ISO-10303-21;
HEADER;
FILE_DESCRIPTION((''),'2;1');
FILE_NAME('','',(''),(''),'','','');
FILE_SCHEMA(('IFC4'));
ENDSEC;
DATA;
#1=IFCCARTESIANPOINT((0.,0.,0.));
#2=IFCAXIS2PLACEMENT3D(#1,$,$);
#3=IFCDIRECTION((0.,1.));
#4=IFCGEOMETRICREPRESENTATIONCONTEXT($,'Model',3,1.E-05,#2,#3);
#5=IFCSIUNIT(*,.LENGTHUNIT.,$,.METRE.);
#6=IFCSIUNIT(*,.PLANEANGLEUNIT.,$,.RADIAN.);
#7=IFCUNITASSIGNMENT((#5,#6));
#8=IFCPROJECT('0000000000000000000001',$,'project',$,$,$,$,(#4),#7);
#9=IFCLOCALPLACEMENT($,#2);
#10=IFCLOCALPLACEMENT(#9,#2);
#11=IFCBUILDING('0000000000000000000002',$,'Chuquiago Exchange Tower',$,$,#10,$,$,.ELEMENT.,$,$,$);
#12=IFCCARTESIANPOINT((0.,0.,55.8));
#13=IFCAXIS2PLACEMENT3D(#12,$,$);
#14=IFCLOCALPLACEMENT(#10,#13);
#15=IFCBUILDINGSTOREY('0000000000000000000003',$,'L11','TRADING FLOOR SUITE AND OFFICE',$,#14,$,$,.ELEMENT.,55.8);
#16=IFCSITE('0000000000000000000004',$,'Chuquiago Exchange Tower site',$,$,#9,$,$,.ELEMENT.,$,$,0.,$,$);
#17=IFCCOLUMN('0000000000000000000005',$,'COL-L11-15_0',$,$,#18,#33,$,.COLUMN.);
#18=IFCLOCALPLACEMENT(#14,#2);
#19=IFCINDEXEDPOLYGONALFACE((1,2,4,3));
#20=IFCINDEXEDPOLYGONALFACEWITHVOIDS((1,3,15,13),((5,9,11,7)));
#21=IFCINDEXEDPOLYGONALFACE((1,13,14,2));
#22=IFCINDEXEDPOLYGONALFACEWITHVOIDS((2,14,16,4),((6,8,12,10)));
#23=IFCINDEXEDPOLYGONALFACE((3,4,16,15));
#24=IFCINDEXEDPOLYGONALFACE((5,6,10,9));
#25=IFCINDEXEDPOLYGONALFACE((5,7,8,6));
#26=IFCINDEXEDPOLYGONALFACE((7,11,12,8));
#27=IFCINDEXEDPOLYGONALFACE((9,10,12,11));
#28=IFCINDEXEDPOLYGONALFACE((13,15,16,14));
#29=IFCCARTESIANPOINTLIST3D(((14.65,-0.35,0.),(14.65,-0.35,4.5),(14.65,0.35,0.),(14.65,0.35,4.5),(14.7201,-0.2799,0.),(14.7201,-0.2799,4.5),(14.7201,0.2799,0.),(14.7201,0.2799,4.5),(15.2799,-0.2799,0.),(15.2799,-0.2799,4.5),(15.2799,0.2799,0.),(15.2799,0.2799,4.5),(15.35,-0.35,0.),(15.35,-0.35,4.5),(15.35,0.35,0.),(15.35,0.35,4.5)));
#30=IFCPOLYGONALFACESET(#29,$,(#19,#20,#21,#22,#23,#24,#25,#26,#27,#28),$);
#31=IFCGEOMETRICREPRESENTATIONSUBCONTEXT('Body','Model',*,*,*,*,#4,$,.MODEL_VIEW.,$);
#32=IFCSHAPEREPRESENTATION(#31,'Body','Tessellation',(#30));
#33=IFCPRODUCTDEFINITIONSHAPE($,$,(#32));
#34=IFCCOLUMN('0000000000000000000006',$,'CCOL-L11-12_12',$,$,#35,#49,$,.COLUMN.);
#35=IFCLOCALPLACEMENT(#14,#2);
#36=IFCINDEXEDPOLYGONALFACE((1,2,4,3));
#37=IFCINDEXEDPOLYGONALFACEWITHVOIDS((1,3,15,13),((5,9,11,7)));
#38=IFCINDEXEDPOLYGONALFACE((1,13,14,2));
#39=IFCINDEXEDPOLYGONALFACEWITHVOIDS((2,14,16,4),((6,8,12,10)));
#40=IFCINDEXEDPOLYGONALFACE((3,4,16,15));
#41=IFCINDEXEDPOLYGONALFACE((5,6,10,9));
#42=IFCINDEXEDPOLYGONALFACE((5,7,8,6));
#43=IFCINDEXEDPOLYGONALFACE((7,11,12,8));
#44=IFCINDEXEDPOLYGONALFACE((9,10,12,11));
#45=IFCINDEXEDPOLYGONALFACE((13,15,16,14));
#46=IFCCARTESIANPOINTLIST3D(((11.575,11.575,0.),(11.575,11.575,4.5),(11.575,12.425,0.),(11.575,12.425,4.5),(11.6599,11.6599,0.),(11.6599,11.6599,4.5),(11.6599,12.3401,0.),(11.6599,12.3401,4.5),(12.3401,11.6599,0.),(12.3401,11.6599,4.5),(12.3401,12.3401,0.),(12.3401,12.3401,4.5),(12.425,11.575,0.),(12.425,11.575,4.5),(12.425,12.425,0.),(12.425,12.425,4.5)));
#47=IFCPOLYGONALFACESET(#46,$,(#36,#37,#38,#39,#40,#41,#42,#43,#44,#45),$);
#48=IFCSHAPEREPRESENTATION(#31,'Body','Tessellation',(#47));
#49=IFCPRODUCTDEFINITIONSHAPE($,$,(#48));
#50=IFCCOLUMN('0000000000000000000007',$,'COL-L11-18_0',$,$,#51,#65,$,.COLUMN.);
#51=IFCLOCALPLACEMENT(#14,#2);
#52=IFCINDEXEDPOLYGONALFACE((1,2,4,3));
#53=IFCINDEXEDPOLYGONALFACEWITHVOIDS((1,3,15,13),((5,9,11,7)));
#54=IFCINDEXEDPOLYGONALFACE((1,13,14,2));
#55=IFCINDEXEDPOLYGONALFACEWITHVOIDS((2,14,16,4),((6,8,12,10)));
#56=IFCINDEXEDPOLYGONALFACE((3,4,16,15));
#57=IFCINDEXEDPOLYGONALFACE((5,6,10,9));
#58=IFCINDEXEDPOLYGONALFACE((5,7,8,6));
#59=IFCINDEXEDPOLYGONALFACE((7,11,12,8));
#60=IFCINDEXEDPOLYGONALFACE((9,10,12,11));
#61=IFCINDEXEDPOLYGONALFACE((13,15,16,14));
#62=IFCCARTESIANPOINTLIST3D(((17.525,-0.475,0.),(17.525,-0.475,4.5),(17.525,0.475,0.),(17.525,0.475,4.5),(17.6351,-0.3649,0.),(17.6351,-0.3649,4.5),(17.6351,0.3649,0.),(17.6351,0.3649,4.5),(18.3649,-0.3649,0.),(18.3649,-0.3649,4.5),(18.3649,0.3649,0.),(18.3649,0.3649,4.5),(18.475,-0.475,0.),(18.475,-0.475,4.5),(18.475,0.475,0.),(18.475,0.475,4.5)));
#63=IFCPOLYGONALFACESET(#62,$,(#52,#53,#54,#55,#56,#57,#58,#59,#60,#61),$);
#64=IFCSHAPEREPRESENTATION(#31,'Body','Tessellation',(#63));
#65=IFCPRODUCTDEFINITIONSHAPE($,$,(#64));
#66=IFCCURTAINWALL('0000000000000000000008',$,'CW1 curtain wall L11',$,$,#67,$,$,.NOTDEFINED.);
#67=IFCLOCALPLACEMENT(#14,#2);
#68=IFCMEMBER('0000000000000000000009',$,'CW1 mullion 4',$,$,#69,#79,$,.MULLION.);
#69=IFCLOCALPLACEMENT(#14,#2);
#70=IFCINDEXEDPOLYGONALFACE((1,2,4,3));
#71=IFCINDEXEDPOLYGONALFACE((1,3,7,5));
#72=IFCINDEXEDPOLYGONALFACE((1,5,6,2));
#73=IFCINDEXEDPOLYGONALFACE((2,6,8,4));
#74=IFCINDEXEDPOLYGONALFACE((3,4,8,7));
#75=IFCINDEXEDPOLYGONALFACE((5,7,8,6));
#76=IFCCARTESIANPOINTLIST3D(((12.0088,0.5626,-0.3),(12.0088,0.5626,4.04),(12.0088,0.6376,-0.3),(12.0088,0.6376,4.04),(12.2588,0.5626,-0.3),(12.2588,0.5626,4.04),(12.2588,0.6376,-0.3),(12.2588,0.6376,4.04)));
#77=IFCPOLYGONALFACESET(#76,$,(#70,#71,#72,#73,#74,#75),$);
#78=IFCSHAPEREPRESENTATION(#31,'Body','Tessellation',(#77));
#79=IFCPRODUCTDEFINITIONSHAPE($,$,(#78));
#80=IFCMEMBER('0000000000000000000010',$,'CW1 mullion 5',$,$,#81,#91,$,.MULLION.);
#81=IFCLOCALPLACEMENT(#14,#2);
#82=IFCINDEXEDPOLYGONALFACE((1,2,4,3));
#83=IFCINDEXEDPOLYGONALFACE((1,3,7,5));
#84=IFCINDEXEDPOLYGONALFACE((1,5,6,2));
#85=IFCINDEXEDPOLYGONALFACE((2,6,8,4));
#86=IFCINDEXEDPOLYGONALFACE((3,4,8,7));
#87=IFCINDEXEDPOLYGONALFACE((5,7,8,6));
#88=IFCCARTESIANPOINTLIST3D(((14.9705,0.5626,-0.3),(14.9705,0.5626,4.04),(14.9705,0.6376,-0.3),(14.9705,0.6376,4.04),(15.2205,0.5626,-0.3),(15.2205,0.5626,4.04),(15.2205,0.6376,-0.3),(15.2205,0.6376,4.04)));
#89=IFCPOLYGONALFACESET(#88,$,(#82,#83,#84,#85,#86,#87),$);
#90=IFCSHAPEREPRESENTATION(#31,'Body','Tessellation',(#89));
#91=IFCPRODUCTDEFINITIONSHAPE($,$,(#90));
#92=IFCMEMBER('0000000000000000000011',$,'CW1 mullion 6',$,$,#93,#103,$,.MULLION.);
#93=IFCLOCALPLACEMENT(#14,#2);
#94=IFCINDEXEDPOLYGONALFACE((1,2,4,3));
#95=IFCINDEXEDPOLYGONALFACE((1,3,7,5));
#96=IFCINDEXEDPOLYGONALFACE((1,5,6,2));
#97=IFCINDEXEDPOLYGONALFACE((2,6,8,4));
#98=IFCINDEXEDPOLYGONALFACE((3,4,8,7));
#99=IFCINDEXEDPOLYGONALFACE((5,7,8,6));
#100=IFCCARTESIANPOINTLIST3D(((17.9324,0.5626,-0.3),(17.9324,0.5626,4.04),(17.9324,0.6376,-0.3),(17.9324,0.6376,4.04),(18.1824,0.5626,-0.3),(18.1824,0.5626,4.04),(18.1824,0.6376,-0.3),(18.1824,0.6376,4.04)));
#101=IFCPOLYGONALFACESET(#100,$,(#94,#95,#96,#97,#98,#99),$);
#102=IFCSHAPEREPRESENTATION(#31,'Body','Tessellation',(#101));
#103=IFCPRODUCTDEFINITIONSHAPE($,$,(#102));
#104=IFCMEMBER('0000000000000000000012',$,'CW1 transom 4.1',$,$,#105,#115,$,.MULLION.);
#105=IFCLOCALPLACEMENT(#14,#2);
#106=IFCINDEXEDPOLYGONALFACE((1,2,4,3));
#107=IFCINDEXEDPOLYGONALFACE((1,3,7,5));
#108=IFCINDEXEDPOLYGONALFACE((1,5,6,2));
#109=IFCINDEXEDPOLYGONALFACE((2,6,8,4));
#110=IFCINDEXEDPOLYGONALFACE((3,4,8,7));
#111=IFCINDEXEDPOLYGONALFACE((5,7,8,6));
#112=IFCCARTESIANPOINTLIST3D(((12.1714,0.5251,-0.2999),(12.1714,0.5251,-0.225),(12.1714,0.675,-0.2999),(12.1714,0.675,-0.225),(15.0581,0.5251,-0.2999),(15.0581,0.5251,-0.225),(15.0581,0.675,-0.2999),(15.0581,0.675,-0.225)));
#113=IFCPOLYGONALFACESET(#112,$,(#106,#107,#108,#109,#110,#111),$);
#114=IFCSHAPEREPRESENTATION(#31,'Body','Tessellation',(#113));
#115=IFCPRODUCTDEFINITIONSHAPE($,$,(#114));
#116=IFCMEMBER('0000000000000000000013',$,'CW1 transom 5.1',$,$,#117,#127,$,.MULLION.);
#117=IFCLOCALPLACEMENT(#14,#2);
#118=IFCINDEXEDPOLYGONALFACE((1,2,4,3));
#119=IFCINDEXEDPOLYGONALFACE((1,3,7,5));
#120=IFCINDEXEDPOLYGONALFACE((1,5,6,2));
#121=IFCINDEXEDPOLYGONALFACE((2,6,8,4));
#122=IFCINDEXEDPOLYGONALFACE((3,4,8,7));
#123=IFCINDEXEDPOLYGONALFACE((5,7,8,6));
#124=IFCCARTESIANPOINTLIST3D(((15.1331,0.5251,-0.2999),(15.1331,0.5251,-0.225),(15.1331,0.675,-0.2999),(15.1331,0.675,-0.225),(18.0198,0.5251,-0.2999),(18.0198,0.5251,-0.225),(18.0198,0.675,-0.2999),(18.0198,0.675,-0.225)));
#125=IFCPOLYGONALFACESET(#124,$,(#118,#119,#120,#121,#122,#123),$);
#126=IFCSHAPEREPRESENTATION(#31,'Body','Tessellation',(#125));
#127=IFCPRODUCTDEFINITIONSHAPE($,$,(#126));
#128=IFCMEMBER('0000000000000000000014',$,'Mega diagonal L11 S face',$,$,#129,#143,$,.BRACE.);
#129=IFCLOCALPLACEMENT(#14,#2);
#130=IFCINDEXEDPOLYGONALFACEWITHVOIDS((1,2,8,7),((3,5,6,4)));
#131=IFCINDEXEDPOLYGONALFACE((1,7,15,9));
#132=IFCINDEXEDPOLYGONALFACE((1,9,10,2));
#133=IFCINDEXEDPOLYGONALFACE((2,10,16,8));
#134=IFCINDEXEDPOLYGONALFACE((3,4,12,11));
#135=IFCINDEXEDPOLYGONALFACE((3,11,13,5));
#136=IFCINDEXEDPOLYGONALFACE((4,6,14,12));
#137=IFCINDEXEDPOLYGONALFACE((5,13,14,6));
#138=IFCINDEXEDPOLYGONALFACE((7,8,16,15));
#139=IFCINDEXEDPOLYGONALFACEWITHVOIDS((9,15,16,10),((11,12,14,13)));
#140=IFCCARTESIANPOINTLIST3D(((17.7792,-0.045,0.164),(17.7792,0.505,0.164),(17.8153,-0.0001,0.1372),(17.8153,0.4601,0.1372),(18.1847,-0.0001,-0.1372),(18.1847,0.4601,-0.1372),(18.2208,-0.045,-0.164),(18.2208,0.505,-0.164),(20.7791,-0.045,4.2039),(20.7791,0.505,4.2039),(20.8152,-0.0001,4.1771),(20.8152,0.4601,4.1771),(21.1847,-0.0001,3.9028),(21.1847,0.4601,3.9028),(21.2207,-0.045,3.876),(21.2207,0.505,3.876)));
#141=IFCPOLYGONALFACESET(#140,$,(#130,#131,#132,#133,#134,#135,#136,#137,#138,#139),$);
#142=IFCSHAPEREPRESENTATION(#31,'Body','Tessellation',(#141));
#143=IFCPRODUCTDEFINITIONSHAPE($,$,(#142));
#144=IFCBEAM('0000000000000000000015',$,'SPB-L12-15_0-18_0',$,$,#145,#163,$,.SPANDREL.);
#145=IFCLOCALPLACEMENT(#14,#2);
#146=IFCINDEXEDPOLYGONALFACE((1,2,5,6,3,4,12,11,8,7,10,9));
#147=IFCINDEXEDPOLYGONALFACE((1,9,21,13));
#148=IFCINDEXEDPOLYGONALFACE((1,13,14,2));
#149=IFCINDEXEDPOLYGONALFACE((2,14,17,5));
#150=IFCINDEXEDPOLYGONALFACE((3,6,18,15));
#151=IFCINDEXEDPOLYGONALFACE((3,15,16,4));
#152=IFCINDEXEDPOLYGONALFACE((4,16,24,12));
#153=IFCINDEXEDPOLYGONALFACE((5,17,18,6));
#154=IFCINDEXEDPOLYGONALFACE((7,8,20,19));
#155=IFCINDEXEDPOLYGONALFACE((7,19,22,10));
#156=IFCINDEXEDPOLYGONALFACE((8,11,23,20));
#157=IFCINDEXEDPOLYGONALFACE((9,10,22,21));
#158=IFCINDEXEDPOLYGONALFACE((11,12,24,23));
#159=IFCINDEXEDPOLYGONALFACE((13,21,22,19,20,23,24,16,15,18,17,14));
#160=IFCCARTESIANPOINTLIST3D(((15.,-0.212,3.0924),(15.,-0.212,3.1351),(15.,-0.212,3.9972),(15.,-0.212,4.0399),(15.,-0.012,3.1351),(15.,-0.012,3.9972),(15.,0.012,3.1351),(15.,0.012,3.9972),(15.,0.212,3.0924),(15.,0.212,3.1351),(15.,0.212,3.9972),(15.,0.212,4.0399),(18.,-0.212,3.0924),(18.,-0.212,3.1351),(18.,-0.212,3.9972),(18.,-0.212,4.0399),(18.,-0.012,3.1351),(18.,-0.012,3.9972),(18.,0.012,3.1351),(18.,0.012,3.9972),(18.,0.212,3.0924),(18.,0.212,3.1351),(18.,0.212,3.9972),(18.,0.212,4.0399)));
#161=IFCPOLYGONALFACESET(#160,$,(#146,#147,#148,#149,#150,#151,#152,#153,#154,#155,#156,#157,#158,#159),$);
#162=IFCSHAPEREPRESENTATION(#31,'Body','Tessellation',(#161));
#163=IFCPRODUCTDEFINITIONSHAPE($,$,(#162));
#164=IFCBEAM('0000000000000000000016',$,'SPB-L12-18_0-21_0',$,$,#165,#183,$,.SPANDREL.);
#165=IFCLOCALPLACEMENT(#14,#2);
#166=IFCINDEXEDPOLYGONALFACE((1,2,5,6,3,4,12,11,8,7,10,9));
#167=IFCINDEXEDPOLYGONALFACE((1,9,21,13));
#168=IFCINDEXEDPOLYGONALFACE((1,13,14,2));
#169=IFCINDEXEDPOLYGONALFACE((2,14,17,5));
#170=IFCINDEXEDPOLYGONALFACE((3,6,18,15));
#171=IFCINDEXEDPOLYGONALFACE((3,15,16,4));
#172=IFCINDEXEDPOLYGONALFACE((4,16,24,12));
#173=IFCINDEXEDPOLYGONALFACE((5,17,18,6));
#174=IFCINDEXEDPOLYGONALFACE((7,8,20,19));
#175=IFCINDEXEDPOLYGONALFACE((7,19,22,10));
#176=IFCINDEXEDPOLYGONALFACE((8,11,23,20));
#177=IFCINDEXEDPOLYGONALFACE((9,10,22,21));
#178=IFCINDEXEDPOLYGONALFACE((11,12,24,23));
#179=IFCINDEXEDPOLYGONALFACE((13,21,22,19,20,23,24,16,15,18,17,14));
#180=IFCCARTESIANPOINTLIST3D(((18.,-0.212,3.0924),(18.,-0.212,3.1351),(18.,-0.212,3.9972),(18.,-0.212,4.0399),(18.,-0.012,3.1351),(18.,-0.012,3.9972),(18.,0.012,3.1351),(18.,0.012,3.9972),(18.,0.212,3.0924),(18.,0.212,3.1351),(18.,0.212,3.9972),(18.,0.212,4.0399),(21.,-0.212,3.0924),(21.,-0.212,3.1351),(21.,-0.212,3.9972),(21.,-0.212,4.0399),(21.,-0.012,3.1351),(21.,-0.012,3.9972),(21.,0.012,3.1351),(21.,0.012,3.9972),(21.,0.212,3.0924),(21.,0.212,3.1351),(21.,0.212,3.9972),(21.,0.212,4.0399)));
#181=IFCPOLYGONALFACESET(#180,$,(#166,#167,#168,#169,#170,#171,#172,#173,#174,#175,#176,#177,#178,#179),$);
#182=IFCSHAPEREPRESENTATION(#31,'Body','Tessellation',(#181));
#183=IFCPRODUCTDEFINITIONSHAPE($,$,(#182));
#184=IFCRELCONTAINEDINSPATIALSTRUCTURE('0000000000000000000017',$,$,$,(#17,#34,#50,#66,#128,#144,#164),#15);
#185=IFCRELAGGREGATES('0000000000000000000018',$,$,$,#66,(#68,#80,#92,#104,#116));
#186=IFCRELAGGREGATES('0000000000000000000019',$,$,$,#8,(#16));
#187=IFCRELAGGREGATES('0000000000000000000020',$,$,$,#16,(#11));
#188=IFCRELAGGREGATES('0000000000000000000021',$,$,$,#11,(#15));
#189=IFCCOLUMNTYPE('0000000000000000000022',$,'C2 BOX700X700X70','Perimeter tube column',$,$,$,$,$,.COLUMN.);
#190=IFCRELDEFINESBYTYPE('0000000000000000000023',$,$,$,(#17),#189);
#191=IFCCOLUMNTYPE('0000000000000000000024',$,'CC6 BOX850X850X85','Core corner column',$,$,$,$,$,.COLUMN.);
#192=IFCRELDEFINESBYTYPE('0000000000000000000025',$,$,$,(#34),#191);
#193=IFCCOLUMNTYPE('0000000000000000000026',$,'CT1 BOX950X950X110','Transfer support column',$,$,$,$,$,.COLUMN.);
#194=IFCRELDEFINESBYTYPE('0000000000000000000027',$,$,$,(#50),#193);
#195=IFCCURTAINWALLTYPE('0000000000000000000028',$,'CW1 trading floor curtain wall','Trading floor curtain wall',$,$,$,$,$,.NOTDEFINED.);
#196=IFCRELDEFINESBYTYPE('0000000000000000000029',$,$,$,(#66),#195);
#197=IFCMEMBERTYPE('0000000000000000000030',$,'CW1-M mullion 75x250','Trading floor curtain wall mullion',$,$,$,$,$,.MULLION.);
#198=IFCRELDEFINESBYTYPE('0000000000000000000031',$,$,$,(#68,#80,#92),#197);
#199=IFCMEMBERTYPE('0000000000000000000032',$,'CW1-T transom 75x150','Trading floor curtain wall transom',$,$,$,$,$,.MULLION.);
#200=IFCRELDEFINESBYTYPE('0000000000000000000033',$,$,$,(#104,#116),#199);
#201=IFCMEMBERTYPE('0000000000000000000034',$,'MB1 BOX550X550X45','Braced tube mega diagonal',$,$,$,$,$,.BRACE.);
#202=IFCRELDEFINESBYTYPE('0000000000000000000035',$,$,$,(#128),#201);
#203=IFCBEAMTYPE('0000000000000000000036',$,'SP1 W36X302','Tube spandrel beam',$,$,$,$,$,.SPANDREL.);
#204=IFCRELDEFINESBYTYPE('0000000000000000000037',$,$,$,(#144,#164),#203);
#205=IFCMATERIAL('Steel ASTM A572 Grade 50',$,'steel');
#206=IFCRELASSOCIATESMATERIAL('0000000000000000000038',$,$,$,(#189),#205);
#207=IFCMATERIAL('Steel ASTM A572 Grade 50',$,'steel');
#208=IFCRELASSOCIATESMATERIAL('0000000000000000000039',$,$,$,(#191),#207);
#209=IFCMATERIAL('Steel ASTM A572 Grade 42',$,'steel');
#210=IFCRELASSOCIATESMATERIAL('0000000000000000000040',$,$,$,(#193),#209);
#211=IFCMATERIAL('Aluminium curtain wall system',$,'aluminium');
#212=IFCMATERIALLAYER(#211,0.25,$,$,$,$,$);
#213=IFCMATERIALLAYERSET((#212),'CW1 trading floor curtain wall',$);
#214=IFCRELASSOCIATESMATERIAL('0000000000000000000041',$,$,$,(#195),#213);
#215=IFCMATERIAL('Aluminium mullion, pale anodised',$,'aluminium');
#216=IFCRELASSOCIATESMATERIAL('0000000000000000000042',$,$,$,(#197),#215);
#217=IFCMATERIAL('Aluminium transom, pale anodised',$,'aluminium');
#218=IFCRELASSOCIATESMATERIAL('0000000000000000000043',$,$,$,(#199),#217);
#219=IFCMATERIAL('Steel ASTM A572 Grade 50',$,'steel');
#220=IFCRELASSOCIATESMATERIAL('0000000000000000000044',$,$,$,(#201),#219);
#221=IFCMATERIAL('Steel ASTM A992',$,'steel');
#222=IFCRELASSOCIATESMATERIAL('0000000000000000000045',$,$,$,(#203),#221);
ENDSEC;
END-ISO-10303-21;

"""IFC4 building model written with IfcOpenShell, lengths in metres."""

from ifc_helpers import new_model, si_unit, direction, frame, origin, origin_2d, place, context, subcontext, project, spatial, rectangle, hollow_rectangle, i_section, extrude, material, layer, layer_set, material_profile, profile_set, type_object, element, aggregate, save


model = new_model("IFC4")

# Units and contexts
model_context = context("Model", 3, precision=1e-05, world=origin(), true_north=direction((0.0, 1.0)))
body_context = subcontext(model_context, "Body", "Model", "MODEL_VIEW")
ifc_project = project(units=[si_unit("LENGTHUNIT", "METRE"), si_unit("PLANEANGLEUNIT", "RADIAN")], contexts=[model_context])

# Site, building, storey
site_placement = place(None, origin())
site = spatial("IfcSite", under=ifc_project, at=site_placement, Name="Chuquiago Exchange Tower site", CompositionType="ELEMENT", RefElevation=0.0)
building_placement = place(site_placement, origin())
building = spatial("IfcBuilding", under=site, at=building_placement, Name="Chuquiago Exchange Tower", CompositionType="ELEMENT")
storey_placement = place(building_placement, frame((0.0, 0.0, 55.8)))
storey = spatial("IfcBuildingStorey", under=building, at=storey_placement, Name="L11", Description="TRADING FLOOR SUITE AND OFFICE", CompositionType="ELEMENT", Elevation=55.8)

# Columns
ifc_material_1 = material(Name="Steel ASTM A572 Grade 50", Category="steel")
ifc_material_profile_1 = material_profile(ifc_material_1, hollow_rectangle(XDim=0.7, YDim=0.7, WallThickness=0.0701, at=origin_2d()), Name="BOX700X700X70")
ifc_profile_set_1 = profile_set([ifc_material_profile_1], Name="Steel ASTM A572 Grade 50")
column_type_1 = type_object("IfcColumnType", Name="C2 BOX700X700X70", Description="Perimeter tube column", PredefinedType="COLUMN", material=ifc_profile_set_1)
column_1_placement = place(storey_placement, frame((15.0, 0.0, 0.0), z_axis=(0.0, 0.0, 1.0), x_axis=(0.0, -1.0, 0.0)))
element("IfcColumn", 1, at=column_1_placement, inside=storey, type_object=column_type_1, Name="COL-L11-15_0", PredefinedType="COLUMN", context=body_context, shape_type="SweptSolid", body=[
    extrude(hollow_rectangle(XDim=0.7, YDim=0.7, WallThickness=0.0701, at=origin_2d()), origin(), (0.0, 0.0, 1.0), 4.5),
])
ifc_material_2 = material(Name="Steel ASTM A572 Grade 50", Category="steel")
ifc_material_profile_2 = material_profile(ifc_material_2, hollow_rectangle(XDim=0.8501, YDim=0.8501, WallThickness=0.085, at=origin_2d()), Name="BOX850X850X85")
ifc_profile_set_2 = profile_set([ifc_material_profile_2], Name="Steel ASTM A572 Grade 50")
column_type_2 = type_object("IfcColumnType", Name="CC6 BOX850X850X85", Description="Core corner column", PredefinedType="COLUMN", material=ifc_profile_set_2)
column_2_placement = place(storey_placement, frame((12.0, 12.0, 0.0), z_axis=(0.0, 0.0, 1.0), x_axis=(1.0, 0.0, 0.0)))
element("IfcColumn", 2, at=column_2_placement, inside=storey, type_object=column_type_2, Name="CCOL-L11-12_12", PredefinedType="COLUMN", context=body_context, shape_type="SweptSolid", body=[
    extrude(hollow_rectangle(XDim=0.8501, YDim=0.8501, WallThickness=0.085, at=origin_2d()), origin(), (0.0, 0.0, 1.0), 4.5),
])
ifc_material_3 = material(Name="Steel ASTM A572 Grade 42", Category="steel")
ifc_material_profile_3 = material_profile(ifc_material_3, hollow_rectangle(XDim=0.95, YDim=0.95, WallThickness=0.1101, at=origin_2d()), Name="BOX950X950X110")
ifc_profile_set_3 = profile_set([ifc_material_profile_3], Name="Steel ASTM A572 Grade 42")
column_type_3 = type_object("IfcColumnType", Name="CT1 BOX950X950X110", Description="Transfer support column", PredefinedType="COLUMN", material=ifc_profile_set_3)
column_3_placement = place(storey_placement, frame((18.0, 0.0, 0.0), z_axis=(0.0, 0.0, 1.0), x_axis=(0.0, -1.0, 0.0)))
element("IfcColumn", 3, at=column_3_placement, inside=storey, type_object=column_type_3, Name="COL-L11-18_0", PredefinedType="COLUMN", context=body_context, shape_type="SweptSolid", body=[
    extrude(hollow_rectangle(XDim=0.95, YDim=0.95, WallThickness=0.1101, at=origin_2d()), origin(), (0.0, 0.0, 1.0), 4.5),
])

# Curtain wall, members
ifc_material_4 = material(Name="Aluminium curtain wall system", Category="aluminium")
ifc_layer_1 = layer(ifc_material_4, 0.25)
ifc_layer_set_1 = layer_set([ifc_layer_1], Name="CW1 trading floor curtain wall")
curtain_wall_type = type_object("IfcCurtainWallType", Name="CW1 trading floor curtain wall", Description="Trading floor curtain wall", PredefinedType="NOTDEFINED", material=ifc_layer_set_1)
curtain_wall_placement = place(storey_placement, origin())
curtain_wall = element("IfcCurtainWall", 4, at=curtain_wall_placement, inside=storey, type_object=curtain_wall_type, Name="CW1 curtain wall L11", PredefinedType="NOTDEFINED")
ifc_material_5 = material(Name="Aluminium mullion, pale anodised", Category="aluminium")
ifc_material_profile_4 = material_profile(ifc_material_5, rectangle(XDim=0.075, YDim=0.25, at=origin_2d()), Name="AL 75x250")
ifc_profile_set_4 = profile_set([ifc_material_profile_4], Name="Aluminium mullion, pale anodised")
member_type_1 = type_object("IfcMemberType", Name="CW1-M mullion 75x250", Description="Trading floor curtain wall mullion", PredefinedType="MULLION", material=ifc_profile_set_4)
member_1_placement = place(storey_placement, frame((12.1338, 0.6001, -0.3), z_axis=(0.0, 0.0, 1.0), x_axis=(0.0, 1.0, 0.0)))
member_1 = element("IfcMember", 5, at=member_1_placement, type_object=member_type_1, Name="CW1 mullion 4", PredefinedType="MULLION", context=body_context, shape_type="SweptSolid", body=[
    extrude(rectangle(XDim=0.075, YDim=0.25, at=origin_2d()), origin(), (0.0, 0.0, 1.0), 4.3401),
])
member_2_placement = place(storey_placement, frame((15.0955, 0.6001, -0.3), z_axis=(0.0, 0.0, 1.0), x_axis=(0.0, 1.0, 0.0)))
member_2 = element("IfcMember", 6, at=member_2_placement, type_object=member_type_1, Name="CW1 mullion 5", PredefinedType="MULLION", context=body_context, shape_type="SweptSolid", body=[
    extrude(rectangle(XDim=0.075, YDim=0.25, at=origin_2d()), origin(), (0.0, 0.0, 1.0), 4.3401),
])
member_3_placement = place(storey_placement, frame((18.0574, 0.6001, -0.3), z_axis=(0.0, 0.0, 1.0), x_axis=(0.0, 1.0, 0.0)))
member_3 = element("IfcMember", 7, at=member_3_placement, type_object=member_type_1, Name="CW1 mullion 6", PredefinedType="MULLION", context=body_context, shape_type="SweptSolid", body=[
    extrude(rectangle(XDim=0.075, YDim=0.25, at=origin_2d()), origin(), (0.0, 0.0, 1.0), 4.3401),
])
ifc_material_6 = material(Name="Aluminium transom, pale anodised", Category="aluminium")
ifc_material_profile_5 = material_profile(ifc_material_6, rectangle(XDim=0.1499, YDim=0.075, at=origin_2d()), Name="AL 150x75")
ifc_profile_set_5 = profile_set([ifc_material_profile_5], Name="Aluminium transom, pale anodised")
member_type_2 = type_object("IfcMemberType", Name="CW1-T transom 75x150", Description="Trading floor curtain wall transom", PredefinedType="MULLION", material=ifc_profile_set_5)
member_4_placement = place(storey_placement, frame((12.1714, 0.6001, -0.2625), z_axis=(1.0, 0.0, 0.0), x_axis=(0.0, 1.0, 0.0)))
member_4 = element("IfcMember", 8, at=member_4_placement, type_object=member_type_2, Name="CW1 transom 4.1", PredefinedType="MULLION", context=body_context, shape_type="SweptSolid", body=[
    extrude(rectangle(XDim=0.1499, YDim=0.075, at=origin_2d()), origin(), (0.0, 0.0, 1.0), 2.8867),
])
member_5_placement = place(storey_placement, frame((15.1331, 0.6001, -0.2625), z_axis=(1.0, 0.0, 0.0), x_axis=(0.0, 1.0, 0.0)))
member_5 = element("IfcMember", 9, at=member_5_placement, type_object=member_type_2, Name="CW1 transom 5.1", PredefinedType="MULLION", context=body_context, shape_type="SweptSolid", body=[
    extrude(rectangle(XDim=0.1499, YDim=0.075, at=origin_2d()), origin(), (0.0, 0.0, 1.0), 2.8867),
])

# Member
ifc_material_7 = material(Name="Steel ASTM A572 Grade 50", Category="steel")
ifc_material_profile_6 = material_profile(ifc_material_7, hollow_rectangle(XDim=0.55, YDim=0.55, WallThickness=0.0449, at=origin_2d()), Name="BOX550X550X45")
ifc_profile_set_6 = profile_set([ifc_material_profile_6], Name="Steel ASTM A572 Grade 50")
member_type_3 = type_object("IfcMemberType", Name="MB1 BOX550X550X45", Description="Braced tube mega diagonal", PredefinedType="BRACE", material=ifc_profile_set_6)
member_6_placement = place(storey_placement, frame((18.0, 0.23, 0.0), z_axis=(0.596174, 0.0, 0.802855), x_axis=(0.0, 1.0, 0.0)))
element("IfcMember", 10, at=member_6_placement, inside=storey, type_object=member_type_3, Name="Mega diagonal L11 S face", PredefinedType="BRACE", context=body_context, shape_type="SweptSolid", body=[
    extrude(hollow_rectangle(XDim=0.55, YDim=0.55, WallThickness=0.0449, at=origin_2d()), origin(), (0.0, 0.0, 1.0), 5.032),
])

# Beams
ifc_material_8 = material(Name="Steel ASTM A992", Category="steel")
ifc_material_profile_7 = material_profile(ifc_material_8, i_section(OverallWidth=0.4241, OverallDepth=0.9475, WebThickness=0.0239, FlangeThickness=0.0427, at=origin_2d()), Name="W36X302")
ifc_profile_set_7 = profile_set([ifc_material_profile_7], Name="Steel ASTM A992")
beam_type = type_object("IfcBeamType", Name="SP1 W36X302", Description="Tube spandrel beam", PredefinedType="SPANDREL", material=ifc_profile_set_7)
for number, where, z_axis, x_axis, name in (
    (11, (15.0, 0.0, 3.5662), (1.0, 0.0, 0.0), (0.0, 1.0, 0.0), "SPB-L12-15_0-18_0"),
    (12, (18.0, 0.0, 3.5662), (1.0, 0.0, 0.0), (0.0, 1.0, 0.0), "SPB-L12-18_0-21_0"),
):
    element("IfcBeam", number, at=place(storey_placement, frame(where, z_axis=z_axis, x_axis=x_axis)), inside=storey, type_object=beam_type, Name=name, PredefinedType="SPANDREL", context=body_context, shape_type="SweptSolid", body=[
        extrude(i_section(OverallWidth=0.4241, OverallDepth=0.9475, WebThickness=0.0239, FlangeThickness=0.0427, at=origin_2d()), origin(), (0.0, 0.0, 1.0), 3.0),
    ])

aggregate(curtain_wall, [member_1, member_2, member_3, member_4, member_5])

save(model, "model.ifc")
